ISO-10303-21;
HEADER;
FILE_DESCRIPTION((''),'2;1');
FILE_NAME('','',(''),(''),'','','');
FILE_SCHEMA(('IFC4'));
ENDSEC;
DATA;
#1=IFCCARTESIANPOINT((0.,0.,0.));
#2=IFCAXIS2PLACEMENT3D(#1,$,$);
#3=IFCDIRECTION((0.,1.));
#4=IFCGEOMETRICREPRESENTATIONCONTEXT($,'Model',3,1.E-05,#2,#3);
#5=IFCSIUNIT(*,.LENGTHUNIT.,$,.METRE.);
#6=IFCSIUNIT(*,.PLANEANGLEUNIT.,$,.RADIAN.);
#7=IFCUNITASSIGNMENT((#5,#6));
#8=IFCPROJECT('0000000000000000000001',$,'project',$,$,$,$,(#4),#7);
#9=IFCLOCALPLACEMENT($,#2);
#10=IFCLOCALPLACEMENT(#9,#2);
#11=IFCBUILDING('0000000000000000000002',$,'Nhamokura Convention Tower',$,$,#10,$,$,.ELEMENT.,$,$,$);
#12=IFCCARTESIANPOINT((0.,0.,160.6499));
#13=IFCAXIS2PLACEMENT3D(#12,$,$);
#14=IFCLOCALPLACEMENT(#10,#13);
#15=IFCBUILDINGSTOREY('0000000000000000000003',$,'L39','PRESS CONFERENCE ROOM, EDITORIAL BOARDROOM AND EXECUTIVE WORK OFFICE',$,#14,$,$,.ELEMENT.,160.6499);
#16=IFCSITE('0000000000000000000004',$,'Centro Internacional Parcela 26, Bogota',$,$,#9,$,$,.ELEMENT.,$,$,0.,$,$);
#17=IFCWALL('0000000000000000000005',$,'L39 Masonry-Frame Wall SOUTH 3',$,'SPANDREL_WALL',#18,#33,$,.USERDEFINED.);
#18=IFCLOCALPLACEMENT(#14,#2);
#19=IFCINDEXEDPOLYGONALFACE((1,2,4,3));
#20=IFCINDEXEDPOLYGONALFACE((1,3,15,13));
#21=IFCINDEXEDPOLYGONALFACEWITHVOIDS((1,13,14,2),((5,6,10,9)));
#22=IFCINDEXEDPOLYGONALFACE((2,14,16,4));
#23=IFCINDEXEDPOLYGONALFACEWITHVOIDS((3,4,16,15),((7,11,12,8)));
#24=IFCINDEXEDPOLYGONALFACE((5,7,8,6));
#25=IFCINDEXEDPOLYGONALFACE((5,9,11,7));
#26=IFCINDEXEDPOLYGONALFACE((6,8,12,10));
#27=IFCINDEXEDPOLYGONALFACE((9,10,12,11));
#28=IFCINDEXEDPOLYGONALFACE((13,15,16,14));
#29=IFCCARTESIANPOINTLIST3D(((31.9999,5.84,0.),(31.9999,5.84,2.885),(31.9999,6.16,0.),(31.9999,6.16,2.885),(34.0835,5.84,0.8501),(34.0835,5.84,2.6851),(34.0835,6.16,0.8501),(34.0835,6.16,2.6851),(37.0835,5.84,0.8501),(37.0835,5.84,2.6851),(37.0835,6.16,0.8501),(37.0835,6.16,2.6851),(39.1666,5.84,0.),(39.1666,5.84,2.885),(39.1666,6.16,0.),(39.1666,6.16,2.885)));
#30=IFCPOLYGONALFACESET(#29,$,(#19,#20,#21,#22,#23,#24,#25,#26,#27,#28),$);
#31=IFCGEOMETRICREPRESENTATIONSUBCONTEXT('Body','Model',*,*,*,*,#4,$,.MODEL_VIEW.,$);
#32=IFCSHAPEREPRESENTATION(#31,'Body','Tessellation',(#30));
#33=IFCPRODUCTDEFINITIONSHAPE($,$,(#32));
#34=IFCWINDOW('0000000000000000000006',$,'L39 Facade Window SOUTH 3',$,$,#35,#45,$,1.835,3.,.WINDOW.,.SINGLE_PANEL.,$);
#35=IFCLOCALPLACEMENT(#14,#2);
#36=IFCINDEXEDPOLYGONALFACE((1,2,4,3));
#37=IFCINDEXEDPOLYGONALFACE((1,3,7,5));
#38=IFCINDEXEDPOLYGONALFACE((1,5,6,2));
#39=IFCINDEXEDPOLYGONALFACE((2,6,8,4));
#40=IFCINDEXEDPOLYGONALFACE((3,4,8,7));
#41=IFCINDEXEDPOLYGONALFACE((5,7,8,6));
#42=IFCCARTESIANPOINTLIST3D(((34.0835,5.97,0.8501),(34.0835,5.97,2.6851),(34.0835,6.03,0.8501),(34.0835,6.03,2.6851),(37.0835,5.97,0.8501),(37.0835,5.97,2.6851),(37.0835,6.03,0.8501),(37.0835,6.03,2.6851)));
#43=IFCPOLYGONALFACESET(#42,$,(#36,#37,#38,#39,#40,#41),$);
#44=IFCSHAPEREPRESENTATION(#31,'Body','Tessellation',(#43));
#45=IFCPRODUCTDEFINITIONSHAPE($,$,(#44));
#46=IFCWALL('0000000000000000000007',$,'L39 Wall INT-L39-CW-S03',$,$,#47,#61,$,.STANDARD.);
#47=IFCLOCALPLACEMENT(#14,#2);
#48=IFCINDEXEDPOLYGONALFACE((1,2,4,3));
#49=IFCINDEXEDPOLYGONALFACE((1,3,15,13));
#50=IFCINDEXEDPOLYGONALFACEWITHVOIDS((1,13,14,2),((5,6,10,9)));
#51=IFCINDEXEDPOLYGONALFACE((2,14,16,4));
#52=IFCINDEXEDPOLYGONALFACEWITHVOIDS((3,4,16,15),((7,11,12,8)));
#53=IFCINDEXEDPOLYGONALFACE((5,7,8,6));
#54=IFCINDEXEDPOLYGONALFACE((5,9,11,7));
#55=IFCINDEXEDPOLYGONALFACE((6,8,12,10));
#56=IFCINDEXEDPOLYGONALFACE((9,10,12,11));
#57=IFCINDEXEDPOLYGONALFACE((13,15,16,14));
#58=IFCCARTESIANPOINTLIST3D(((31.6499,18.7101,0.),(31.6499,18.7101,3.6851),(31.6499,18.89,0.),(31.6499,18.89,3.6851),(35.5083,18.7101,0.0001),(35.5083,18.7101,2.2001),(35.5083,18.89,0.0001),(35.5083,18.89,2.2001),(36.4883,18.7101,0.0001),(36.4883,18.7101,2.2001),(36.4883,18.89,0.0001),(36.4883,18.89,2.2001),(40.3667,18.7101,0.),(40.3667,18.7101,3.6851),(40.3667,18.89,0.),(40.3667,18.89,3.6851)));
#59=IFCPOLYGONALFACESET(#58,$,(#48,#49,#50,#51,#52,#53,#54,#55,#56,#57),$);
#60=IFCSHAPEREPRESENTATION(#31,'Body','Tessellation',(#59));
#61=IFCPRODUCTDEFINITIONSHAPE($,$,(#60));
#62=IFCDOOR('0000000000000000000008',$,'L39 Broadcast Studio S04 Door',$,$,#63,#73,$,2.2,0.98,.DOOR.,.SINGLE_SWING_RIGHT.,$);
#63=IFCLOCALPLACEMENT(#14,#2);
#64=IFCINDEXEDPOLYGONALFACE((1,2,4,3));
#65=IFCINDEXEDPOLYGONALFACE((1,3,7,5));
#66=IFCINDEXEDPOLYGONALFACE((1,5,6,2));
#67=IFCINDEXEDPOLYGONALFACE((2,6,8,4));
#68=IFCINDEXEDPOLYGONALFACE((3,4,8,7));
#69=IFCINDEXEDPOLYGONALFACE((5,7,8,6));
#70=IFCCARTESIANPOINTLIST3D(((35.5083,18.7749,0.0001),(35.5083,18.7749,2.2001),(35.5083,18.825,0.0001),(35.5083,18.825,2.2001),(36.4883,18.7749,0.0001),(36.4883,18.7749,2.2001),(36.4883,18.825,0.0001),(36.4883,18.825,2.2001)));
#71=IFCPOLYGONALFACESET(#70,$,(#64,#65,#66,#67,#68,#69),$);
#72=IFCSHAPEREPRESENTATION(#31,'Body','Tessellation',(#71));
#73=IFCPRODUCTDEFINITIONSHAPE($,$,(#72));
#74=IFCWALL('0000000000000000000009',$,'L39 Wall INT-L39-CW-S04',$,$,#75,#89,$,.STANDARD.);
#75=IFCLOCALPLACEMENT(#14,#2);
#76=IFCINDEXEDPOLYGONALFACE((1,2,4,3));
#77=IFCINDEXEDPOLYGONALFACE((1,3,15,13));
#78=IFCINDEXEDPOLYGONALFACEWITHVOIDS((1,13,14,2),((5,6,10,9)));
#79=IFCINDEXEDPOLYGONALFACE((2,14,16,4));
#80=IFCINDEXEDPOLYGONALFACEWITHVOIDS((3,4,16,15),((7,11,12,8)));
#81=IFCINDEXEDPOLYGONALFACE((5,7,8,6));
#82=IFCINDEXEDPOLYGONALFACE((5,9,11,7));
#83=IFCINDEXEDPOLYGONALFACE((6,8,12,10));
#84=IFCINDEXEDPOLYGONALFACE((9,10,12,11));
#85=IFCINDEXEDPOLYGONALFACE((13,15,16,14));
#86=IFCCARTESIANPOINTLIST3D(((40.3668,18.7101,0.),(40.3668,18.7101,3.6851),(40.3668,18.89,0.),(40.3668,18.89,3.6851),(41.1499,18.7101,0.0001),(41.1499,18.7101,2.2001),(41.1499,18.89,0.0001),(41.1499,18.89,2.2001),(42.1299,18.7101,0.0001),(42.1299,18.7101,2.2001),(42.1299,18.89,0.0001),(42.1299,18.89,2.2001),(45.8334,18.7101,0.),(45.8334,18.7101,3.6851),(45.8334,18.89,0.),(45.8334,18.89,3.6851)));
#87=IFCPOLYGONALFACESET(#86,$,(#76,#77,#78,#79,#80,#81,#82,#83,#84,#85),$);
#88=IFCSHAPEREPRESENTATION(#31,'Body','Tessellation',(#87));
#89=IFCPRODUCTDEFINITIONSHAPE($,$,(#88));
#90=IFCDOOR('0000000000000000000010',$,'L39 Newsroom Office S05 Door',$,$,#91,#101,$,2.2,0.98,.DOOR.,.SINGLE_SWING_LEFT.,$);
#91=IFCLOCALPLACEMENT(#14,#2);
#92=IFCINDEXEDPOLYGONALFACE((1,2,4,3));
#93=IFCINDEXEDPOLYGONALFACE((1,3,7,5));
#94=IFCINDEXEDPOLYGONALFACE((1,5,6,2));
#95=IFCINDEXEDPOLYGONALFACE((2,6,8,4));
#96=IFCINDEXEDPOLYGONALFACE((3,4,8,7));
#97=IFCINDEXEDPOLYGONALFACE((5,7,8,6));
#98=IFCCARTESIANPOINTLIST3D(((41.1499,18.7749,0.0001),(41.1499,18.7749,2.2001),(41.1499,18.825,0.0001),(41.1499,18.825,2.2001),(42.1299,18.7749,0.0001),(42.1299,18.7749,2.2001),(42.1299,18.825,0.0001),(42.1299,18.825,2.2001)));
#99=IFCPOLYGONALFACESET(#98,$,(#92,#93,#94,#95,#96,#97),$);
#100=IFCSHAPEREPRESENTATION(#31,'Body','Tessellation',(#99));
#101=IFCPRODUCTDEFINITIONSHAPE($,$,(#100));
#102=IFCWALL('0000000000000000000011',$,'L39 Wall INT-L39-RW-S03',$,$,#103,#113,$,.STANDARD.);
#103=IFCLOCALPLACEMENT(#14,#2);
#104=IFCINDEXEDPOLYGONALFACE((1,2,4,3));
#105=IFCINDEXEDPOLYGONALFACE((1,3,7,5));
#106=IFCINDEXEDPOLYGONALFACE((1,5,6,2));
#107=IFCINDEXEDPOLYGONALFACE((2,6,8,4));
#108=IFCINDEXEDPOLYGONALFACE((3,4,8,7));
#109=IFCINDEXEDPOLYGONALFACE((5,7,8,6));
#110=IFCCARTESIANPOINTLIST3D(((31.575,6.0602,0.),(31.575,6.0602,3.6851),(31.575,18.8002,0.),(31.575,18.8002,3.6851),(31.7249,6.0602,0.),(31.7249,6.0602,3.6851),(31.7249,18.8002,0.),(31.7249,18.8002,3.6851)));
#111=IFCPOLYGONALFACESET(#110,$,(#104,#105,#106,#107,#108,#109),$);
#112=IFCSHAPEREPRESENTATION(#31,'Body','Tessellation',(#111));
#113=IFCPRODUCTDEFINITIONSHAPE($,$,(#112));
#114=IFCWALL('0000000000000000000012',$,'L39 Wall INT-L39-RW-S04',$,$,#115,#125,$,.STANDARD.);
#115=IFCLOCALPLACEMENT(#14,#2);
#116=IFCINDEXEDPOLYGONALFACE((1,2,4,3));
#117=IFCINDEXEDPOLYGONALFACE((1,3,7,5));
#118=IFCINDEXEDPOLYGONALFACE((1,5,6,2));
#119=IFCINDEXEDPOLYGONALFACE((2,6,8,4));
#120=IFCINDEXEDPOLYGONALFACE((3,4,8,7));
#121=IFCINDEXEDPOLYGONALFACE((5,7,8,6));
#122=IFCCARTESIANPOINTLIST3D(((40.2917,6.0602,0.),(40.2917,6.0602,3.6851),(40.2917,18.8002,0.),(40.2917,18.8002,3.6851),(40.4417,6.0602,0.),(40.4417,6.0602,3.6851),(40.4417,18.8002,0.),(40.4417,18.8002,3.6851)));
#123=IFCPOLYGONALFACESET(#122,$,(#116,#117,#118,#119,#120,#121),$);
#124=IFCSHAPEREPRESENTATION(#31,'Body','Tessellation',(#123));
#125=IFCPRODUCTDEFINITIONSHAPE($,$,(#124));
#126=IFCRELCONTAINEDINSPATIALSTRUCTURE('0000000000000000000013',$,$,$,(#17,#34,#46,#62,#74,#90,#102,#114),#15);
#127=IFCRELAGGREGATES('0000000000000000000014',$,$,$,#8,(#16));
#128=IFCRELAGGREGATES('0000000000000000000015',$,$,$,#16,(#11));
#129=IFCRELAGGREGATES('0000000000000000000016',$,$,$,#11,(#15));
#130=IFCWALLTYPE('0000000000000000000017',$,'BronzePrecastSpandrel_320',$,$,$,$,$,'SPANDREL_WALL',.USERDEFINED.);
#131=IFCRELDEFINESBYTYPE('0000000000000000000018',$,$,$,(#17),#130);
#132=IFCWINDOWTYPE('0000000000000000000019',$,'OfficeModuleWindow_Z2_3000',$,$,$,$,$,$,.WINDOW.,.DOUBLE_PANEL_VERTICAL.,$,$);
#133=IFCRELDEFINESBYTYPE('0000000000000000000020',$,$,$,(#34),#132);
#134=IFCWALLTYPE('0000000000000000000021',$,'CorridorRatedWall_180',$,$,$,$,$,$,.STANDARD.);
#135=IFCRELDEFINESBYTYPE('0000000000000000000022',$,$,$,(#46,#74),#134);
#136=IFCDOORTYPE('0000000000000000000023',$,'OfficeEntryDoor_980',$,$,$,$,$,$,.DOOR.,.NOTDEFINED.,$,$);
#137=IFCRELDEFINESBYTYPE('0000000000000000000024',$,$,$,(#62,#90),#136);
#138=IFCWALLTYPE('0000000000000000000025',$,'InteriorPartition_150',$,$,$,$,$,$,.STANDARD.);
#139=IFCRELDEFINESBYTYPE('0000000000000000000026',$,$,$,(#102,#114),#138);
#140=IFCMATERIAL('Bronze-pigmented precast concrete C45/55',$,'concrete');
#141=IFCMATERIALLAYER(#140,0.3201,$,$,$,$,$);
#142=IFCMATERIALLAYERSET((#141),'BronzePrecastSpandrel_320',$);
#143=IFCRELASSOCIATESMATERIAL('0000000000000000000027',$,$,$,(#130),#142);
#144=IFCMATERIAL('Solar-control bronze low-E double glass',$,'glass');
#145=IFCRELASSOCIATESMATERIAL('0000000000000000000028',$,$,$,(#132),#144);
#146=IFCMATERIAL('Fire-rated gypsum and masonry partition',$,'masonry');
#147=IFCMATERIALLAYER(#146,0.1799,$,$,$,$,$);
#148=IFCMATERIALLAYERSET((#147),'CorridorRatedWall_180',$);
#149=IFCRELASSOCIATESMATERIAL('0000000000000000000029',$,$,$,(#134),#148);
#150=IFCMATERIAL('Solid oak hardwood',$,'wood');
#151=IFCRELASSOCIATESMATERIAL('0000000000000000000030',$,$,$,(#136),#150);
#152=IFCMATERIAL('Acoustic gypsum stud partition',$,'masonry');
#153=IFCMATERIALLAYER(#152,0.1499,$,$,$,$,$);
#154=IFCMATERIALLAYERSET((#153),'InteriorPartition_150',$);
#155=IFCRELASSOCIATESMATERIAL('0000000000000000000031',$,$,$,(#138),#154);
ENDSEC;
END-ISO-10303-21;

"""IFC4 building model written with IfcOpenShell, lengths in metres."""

from ifc_helpers import new_model, si_unit, direction, frame, frame_2d, origin, place, context, subcontext, project, spatial, rectangle, extrude, material, layer, layer_set, type_object, element, fill, save


model = new_model("IFC4")

# Units and contexts
model_context = context("Model", 3, precision=1e-05, world=origin(), true_north=direction((0.0, 1.0)))
body_context = subcontext(model_context, "Body", "Model", "MODEL_VIEW")
ifc_project = project(units=[si_unit("LENGTHUNIT", "METRE"), si_unit("PLANEANGLEUNIT", "RADIAN")], contexts=[model_context])

# Site, building, storey
site_placement = place(None, origin())
site = spatial("IfcSite", under=ifc_project, at=site_placement, Name="Centro Internacional Parcela 26, Bogota", CompositionType="ELEMENT", RefElevation=0.0)
building_placement = place(site_placement, origin())
building = spatial("IfcBuilding", under=site, at=building_placement, Name="Nhamokura Convention Tower", CompositionType="ELEMENT")
storey_placement = place(building_placement, frame((0.0, 0.0, 160.6499)))
storey = spatial("IfcBuildingStorey", under=building, at=storey_placement, Name="L39", Description="PRESS CONFERENCE ROOM, EDITORIAL BOARDROOM AND EXECUTIVE WORK OFFICE", CompositionType="ELEMENT", Elevation=160.6499)

# Wall, opening, window
ifc_material_1 = material(Name="Bronze-pigmented precast concrete C45/55", Category="concrete")
ifc_layer_1 = layer(ifc_material_1, 0.3201)
ifc_layer_set_1 = layer_set([ifc_layer_1], Name="BronzePrecastSpandrel_320")
wall_type_1 = type_object("IfcWallType", Name="BronzePrecastSpandrel_320", ElementType="SPANDREL_WALL", PredefinedType="USERDEFINED", material=ifc_layer_set_1)
ifc_material_2 = material(Name="Solar-control bronze low-E double glass", Category="glass")
window_type = type_object("IfcWindowType", Name="OfficeModuleWindow_Z2_3000", PartitioningType="DOUBLE_PANEL_VERTICAL", PredefinedType="WINDOW", material=ifc_material_2)
wall_1_placement = place(storey_placement, frame((39.1667, 6.0, 0.0), z_axis=(0.0, 0.0, 1.0), x_axis=(-1.0, 0.0, 0.0)))
wall_1 = element("IfcWall", 1, at=wall_1_placement, inside=storey, type_object=wall_type_1, Name="L39 Masonry-Frame Wall SOUTH 3", ObjectType="SPANDREL_WALL", PredefinedType="USERDEFINED", context=body_context, shape_type="SweptSolid", body=[
    extrude(rectangle(XDim=7.1667, YDim=0.3201, at=frame_2d((3.5835, 0.0))), origin(), (0.0, 0.0, 1.0), 2.885),
])
opening_1_placement = place(wall_1_placement, frame((2.0833, 0.0, 0.8501)))
opening_1 = element("IfcOpeningElement", 2, at=opening_1_placement, cuts=wall_1, PredefinedType="OPENING", context=body_context, shape_type="SweptSolid", body=[
    extrude(rectangle(XDim=3.0, YDim=1.835, at=frame_2d((1.5, 0.9175))), frame((0.0, 0.1699, 0.0), z_axis=(0.0, -1.0, 0.0), x_axis=(1.0, 0.0, 0.0)), (0.0, 0.0, 1.0), 0.3401),
])
window_1_placement = place(opening_1_placement, origin())
window_1 = element("IfcWindow", 3, at=window_1_placement, inside=storey, type_object=window_type, Name="L39 Facade Window SOUTH 3", OverallHeight=1.835, OverallWidth=3.0, PartitioningType="SINGLE_PANEL", PredefinedType="WINDOW", context=body_context, shape_type="SweptSolid", body=[
    extrude(rectangle(XDim=3.0, YDim=1.835, at=frame_2d((1.5, 0.9175))), frame((0.0, 0.03, 0.0), z_axis=(0.0, -1.0, 0.0), x_axis=(1.0, 0.0, 0.0)), (0.0, 0.0, 1.0), 0.0601),
])
fill(opening_1, window_1)

# Walls, openings, doors
ifc_material_3 = material(Name="Fire-rated gypsum and masonry partition", Category="masonry")
ifc_layer_2 = layer(ifc_material_3, 0.1799)
ifc_layer_set_2 = layer_set([ifc_layer_2], Name="CorridorRatedWall_180")
wall_type_2 = type_object("IfcWallType", Name="CorridorRatedWall_180", PredefinedType="STANDARD", material=ifc_layer_set_2)
wall_2_placement = place(storey_placement, frame((31.6499, 18.8, 0.0), z_axis=(0.0, 0.0, 1.0), x_axis=(1.0, 0.0, 0.0)))
wall_2 = element("IfcWall", 4, at=wall_2_placement, inside=storey, type_object=wall_type_2, Name="L39 Wall INT-L39-CW-S03", PredefinedType="STANDARD", context=body_context, shape_type="SweptSolid", body=[
    extrude(rectangle(XDim=8.7168, YDim=0.1799, at=frame_2d((4.3584, 0.0))), origin(), (0.0, 0.0, 1.0), 3.6851),
])
opening_2_placement = place(wall_2_placement, frame((3.8584, 0.0, 0.0)))
opening_2 = element("IfcOpeningElement", 5, at=opening_2_placement, cuts=wall_2, PredefinedType="OPENING", context=body_context, shape_type="SweptSolid", body=[
    extrude(rectangle(XDim=0.98, YDim=2.2, at=frame_2d((0.49, 1.1001))), frame((0.0, 0.0999, 0.0), z_axis=(0.0, -1.0, 0.0), x_axis=(1.0, 0.0, 0.0)), (0.0, 0.0, 1.0), 0.2),
])
ifc_material_4 = material(Name="Solid oak hardwood", Category="wood")
door_type = type_object("IfcDoorType", Name="OfficeEntryDoor_980", OperationType="NOTDEFINED", PredefinedType="DOOR", material=ifc_material_4)
door_1_placement = place(opening_2_placement, origin())
door_1 = element("IfcDoor", 6, at=door_1_placement, inside=storey, type_object=door_type, Name="L39 Broadcast Studio S04 Door", OperationType="SINGLE_SWING_RIGHT", OverallHeight=2.2, OverallWidth=0.98, PredefinedType="DOOR", context=body_context, shape_type="SweptSolid", body=[
    extrude(rectangle(XDim=0.98, YDim=2.2, at=frame_2d((0.49, 1.1001))), frame((0.0, 0.0249, 0.0), z_axis=(0.0, -1.0, 0.0), x_axis=(1.0, 0.0, 0.0)), (0.0, 0.0, 1.0), 0.05),
])
fill(opening_2, door_1)
wall_3_placement = place(storey_placement, frame((40.3667, 18.8, 0.0), z_axis=(0.0, 0.0, 1.0), x_axis=(1.0, 0.0, 0.0)))
wall_3 = element("IfcWall", 7, at=wall_3_placement, inside=storey, type_object=wall_type_2, Name="L39 Wall INT-L39-CW-S04", PredefinedType="STANDARD", context=body_context, shape_type="SweptSolid", body=[
    extrude(rectangle(XDim=5.4666, YDim=0.1799, at=frame_2d((2.7334, 0.0))), origin(), (0.0, 0.0, 1.0), 3.6851),
])
opening_3_placement = place(wall_3_placement, frame((0.7832, 0.0, 0.0)))
opening_3 = element("IfcOpeningElement", 8, at=opening_3_placement, cuts=wall_3, PredefinedType="OPENING", context=body_context, shape_type="SweptSolid", body=[
    extrude(rectangle(XDim=0.98, YDim=2.2, at=frame_2d((0.49, 1.1001))), frame((0.0, 0.0999, 0.0), z_axis=(0.0, -1.0, 0.0), x_axis=(1.0, 0.0, 0.0)), (0.0, 0.0, 1.0), 0.2),
])
door_2_placement = place(opening_3_placement, origin())
door_2 = element("IfcDoor", 9, at=door_2_placement, inside=storey, type_object=door_type, Name="L39 Newsroom Office S05 Door", OperationType="SINGLE_SWING_LEFT", OverallHeight=2.2, OverallWidth=0.98, PredefinedType="DOOR", context=body_context, shape_type="SweptSolid", body=[
    extrude(rectangle(XDim=0.98, YDim=2.2, at=frame_2d((0.49, 1.1001))), frame((0.0, 0.0249, 0.0), z_axis=(0.0, -1.0, 0.0), x_axis=(1.0, 0.0, 0.0)), (0.0, 0.0, 1.0), 0.05),
])
fill(opening_3, door_2)

# Walls
ifc_material_5 = material(Name="Acoustic gypsum stud partition", Category="masonry")
ifc_layer_3 = layer(ifc_material_5, 0.1499)
ifc_layer_set_3 = layer_set([ifc_layer_3], Name="InteriorPartition_150")
wall_type_3 = type_object("IfcWallType", Name="InteriorPartition_150", PredefinedType="STANDARD", material=ifc_layer_set_3)
for number, where, z_axis, x_axis, name in (
    (10, (31.6499, 6.0601, 0.0), (0.0, 0.0, 1.0), (0.0, 1.0, 0.0), "L39 Wall INT-L39-RW-S03"),
    (11, (40.3667, 6.0601, 0.0), (0.0, 0.0, 1.0), (0.0, 1.0, 0.0), "L39 Wall INT-L39-RW-S04"),
):
    element("IfcWall", number, at=place(storey_placement, frame(where, z_axis=z_axis, x_axis=x_axis)), inside=storey, type_object=wall_type_3, Name=name, PredefinedType="STANDARD", context=body_context, shape_type="SweptSolid", body=[
        extrude(rectangle(XDim=12.74, YDim=0.1499, at=frame_2d((6.3701, 0.0))), origin(), (0.0, 0.0, 1.0), 3.6851),
    ])

save(model, "model.ifc")
